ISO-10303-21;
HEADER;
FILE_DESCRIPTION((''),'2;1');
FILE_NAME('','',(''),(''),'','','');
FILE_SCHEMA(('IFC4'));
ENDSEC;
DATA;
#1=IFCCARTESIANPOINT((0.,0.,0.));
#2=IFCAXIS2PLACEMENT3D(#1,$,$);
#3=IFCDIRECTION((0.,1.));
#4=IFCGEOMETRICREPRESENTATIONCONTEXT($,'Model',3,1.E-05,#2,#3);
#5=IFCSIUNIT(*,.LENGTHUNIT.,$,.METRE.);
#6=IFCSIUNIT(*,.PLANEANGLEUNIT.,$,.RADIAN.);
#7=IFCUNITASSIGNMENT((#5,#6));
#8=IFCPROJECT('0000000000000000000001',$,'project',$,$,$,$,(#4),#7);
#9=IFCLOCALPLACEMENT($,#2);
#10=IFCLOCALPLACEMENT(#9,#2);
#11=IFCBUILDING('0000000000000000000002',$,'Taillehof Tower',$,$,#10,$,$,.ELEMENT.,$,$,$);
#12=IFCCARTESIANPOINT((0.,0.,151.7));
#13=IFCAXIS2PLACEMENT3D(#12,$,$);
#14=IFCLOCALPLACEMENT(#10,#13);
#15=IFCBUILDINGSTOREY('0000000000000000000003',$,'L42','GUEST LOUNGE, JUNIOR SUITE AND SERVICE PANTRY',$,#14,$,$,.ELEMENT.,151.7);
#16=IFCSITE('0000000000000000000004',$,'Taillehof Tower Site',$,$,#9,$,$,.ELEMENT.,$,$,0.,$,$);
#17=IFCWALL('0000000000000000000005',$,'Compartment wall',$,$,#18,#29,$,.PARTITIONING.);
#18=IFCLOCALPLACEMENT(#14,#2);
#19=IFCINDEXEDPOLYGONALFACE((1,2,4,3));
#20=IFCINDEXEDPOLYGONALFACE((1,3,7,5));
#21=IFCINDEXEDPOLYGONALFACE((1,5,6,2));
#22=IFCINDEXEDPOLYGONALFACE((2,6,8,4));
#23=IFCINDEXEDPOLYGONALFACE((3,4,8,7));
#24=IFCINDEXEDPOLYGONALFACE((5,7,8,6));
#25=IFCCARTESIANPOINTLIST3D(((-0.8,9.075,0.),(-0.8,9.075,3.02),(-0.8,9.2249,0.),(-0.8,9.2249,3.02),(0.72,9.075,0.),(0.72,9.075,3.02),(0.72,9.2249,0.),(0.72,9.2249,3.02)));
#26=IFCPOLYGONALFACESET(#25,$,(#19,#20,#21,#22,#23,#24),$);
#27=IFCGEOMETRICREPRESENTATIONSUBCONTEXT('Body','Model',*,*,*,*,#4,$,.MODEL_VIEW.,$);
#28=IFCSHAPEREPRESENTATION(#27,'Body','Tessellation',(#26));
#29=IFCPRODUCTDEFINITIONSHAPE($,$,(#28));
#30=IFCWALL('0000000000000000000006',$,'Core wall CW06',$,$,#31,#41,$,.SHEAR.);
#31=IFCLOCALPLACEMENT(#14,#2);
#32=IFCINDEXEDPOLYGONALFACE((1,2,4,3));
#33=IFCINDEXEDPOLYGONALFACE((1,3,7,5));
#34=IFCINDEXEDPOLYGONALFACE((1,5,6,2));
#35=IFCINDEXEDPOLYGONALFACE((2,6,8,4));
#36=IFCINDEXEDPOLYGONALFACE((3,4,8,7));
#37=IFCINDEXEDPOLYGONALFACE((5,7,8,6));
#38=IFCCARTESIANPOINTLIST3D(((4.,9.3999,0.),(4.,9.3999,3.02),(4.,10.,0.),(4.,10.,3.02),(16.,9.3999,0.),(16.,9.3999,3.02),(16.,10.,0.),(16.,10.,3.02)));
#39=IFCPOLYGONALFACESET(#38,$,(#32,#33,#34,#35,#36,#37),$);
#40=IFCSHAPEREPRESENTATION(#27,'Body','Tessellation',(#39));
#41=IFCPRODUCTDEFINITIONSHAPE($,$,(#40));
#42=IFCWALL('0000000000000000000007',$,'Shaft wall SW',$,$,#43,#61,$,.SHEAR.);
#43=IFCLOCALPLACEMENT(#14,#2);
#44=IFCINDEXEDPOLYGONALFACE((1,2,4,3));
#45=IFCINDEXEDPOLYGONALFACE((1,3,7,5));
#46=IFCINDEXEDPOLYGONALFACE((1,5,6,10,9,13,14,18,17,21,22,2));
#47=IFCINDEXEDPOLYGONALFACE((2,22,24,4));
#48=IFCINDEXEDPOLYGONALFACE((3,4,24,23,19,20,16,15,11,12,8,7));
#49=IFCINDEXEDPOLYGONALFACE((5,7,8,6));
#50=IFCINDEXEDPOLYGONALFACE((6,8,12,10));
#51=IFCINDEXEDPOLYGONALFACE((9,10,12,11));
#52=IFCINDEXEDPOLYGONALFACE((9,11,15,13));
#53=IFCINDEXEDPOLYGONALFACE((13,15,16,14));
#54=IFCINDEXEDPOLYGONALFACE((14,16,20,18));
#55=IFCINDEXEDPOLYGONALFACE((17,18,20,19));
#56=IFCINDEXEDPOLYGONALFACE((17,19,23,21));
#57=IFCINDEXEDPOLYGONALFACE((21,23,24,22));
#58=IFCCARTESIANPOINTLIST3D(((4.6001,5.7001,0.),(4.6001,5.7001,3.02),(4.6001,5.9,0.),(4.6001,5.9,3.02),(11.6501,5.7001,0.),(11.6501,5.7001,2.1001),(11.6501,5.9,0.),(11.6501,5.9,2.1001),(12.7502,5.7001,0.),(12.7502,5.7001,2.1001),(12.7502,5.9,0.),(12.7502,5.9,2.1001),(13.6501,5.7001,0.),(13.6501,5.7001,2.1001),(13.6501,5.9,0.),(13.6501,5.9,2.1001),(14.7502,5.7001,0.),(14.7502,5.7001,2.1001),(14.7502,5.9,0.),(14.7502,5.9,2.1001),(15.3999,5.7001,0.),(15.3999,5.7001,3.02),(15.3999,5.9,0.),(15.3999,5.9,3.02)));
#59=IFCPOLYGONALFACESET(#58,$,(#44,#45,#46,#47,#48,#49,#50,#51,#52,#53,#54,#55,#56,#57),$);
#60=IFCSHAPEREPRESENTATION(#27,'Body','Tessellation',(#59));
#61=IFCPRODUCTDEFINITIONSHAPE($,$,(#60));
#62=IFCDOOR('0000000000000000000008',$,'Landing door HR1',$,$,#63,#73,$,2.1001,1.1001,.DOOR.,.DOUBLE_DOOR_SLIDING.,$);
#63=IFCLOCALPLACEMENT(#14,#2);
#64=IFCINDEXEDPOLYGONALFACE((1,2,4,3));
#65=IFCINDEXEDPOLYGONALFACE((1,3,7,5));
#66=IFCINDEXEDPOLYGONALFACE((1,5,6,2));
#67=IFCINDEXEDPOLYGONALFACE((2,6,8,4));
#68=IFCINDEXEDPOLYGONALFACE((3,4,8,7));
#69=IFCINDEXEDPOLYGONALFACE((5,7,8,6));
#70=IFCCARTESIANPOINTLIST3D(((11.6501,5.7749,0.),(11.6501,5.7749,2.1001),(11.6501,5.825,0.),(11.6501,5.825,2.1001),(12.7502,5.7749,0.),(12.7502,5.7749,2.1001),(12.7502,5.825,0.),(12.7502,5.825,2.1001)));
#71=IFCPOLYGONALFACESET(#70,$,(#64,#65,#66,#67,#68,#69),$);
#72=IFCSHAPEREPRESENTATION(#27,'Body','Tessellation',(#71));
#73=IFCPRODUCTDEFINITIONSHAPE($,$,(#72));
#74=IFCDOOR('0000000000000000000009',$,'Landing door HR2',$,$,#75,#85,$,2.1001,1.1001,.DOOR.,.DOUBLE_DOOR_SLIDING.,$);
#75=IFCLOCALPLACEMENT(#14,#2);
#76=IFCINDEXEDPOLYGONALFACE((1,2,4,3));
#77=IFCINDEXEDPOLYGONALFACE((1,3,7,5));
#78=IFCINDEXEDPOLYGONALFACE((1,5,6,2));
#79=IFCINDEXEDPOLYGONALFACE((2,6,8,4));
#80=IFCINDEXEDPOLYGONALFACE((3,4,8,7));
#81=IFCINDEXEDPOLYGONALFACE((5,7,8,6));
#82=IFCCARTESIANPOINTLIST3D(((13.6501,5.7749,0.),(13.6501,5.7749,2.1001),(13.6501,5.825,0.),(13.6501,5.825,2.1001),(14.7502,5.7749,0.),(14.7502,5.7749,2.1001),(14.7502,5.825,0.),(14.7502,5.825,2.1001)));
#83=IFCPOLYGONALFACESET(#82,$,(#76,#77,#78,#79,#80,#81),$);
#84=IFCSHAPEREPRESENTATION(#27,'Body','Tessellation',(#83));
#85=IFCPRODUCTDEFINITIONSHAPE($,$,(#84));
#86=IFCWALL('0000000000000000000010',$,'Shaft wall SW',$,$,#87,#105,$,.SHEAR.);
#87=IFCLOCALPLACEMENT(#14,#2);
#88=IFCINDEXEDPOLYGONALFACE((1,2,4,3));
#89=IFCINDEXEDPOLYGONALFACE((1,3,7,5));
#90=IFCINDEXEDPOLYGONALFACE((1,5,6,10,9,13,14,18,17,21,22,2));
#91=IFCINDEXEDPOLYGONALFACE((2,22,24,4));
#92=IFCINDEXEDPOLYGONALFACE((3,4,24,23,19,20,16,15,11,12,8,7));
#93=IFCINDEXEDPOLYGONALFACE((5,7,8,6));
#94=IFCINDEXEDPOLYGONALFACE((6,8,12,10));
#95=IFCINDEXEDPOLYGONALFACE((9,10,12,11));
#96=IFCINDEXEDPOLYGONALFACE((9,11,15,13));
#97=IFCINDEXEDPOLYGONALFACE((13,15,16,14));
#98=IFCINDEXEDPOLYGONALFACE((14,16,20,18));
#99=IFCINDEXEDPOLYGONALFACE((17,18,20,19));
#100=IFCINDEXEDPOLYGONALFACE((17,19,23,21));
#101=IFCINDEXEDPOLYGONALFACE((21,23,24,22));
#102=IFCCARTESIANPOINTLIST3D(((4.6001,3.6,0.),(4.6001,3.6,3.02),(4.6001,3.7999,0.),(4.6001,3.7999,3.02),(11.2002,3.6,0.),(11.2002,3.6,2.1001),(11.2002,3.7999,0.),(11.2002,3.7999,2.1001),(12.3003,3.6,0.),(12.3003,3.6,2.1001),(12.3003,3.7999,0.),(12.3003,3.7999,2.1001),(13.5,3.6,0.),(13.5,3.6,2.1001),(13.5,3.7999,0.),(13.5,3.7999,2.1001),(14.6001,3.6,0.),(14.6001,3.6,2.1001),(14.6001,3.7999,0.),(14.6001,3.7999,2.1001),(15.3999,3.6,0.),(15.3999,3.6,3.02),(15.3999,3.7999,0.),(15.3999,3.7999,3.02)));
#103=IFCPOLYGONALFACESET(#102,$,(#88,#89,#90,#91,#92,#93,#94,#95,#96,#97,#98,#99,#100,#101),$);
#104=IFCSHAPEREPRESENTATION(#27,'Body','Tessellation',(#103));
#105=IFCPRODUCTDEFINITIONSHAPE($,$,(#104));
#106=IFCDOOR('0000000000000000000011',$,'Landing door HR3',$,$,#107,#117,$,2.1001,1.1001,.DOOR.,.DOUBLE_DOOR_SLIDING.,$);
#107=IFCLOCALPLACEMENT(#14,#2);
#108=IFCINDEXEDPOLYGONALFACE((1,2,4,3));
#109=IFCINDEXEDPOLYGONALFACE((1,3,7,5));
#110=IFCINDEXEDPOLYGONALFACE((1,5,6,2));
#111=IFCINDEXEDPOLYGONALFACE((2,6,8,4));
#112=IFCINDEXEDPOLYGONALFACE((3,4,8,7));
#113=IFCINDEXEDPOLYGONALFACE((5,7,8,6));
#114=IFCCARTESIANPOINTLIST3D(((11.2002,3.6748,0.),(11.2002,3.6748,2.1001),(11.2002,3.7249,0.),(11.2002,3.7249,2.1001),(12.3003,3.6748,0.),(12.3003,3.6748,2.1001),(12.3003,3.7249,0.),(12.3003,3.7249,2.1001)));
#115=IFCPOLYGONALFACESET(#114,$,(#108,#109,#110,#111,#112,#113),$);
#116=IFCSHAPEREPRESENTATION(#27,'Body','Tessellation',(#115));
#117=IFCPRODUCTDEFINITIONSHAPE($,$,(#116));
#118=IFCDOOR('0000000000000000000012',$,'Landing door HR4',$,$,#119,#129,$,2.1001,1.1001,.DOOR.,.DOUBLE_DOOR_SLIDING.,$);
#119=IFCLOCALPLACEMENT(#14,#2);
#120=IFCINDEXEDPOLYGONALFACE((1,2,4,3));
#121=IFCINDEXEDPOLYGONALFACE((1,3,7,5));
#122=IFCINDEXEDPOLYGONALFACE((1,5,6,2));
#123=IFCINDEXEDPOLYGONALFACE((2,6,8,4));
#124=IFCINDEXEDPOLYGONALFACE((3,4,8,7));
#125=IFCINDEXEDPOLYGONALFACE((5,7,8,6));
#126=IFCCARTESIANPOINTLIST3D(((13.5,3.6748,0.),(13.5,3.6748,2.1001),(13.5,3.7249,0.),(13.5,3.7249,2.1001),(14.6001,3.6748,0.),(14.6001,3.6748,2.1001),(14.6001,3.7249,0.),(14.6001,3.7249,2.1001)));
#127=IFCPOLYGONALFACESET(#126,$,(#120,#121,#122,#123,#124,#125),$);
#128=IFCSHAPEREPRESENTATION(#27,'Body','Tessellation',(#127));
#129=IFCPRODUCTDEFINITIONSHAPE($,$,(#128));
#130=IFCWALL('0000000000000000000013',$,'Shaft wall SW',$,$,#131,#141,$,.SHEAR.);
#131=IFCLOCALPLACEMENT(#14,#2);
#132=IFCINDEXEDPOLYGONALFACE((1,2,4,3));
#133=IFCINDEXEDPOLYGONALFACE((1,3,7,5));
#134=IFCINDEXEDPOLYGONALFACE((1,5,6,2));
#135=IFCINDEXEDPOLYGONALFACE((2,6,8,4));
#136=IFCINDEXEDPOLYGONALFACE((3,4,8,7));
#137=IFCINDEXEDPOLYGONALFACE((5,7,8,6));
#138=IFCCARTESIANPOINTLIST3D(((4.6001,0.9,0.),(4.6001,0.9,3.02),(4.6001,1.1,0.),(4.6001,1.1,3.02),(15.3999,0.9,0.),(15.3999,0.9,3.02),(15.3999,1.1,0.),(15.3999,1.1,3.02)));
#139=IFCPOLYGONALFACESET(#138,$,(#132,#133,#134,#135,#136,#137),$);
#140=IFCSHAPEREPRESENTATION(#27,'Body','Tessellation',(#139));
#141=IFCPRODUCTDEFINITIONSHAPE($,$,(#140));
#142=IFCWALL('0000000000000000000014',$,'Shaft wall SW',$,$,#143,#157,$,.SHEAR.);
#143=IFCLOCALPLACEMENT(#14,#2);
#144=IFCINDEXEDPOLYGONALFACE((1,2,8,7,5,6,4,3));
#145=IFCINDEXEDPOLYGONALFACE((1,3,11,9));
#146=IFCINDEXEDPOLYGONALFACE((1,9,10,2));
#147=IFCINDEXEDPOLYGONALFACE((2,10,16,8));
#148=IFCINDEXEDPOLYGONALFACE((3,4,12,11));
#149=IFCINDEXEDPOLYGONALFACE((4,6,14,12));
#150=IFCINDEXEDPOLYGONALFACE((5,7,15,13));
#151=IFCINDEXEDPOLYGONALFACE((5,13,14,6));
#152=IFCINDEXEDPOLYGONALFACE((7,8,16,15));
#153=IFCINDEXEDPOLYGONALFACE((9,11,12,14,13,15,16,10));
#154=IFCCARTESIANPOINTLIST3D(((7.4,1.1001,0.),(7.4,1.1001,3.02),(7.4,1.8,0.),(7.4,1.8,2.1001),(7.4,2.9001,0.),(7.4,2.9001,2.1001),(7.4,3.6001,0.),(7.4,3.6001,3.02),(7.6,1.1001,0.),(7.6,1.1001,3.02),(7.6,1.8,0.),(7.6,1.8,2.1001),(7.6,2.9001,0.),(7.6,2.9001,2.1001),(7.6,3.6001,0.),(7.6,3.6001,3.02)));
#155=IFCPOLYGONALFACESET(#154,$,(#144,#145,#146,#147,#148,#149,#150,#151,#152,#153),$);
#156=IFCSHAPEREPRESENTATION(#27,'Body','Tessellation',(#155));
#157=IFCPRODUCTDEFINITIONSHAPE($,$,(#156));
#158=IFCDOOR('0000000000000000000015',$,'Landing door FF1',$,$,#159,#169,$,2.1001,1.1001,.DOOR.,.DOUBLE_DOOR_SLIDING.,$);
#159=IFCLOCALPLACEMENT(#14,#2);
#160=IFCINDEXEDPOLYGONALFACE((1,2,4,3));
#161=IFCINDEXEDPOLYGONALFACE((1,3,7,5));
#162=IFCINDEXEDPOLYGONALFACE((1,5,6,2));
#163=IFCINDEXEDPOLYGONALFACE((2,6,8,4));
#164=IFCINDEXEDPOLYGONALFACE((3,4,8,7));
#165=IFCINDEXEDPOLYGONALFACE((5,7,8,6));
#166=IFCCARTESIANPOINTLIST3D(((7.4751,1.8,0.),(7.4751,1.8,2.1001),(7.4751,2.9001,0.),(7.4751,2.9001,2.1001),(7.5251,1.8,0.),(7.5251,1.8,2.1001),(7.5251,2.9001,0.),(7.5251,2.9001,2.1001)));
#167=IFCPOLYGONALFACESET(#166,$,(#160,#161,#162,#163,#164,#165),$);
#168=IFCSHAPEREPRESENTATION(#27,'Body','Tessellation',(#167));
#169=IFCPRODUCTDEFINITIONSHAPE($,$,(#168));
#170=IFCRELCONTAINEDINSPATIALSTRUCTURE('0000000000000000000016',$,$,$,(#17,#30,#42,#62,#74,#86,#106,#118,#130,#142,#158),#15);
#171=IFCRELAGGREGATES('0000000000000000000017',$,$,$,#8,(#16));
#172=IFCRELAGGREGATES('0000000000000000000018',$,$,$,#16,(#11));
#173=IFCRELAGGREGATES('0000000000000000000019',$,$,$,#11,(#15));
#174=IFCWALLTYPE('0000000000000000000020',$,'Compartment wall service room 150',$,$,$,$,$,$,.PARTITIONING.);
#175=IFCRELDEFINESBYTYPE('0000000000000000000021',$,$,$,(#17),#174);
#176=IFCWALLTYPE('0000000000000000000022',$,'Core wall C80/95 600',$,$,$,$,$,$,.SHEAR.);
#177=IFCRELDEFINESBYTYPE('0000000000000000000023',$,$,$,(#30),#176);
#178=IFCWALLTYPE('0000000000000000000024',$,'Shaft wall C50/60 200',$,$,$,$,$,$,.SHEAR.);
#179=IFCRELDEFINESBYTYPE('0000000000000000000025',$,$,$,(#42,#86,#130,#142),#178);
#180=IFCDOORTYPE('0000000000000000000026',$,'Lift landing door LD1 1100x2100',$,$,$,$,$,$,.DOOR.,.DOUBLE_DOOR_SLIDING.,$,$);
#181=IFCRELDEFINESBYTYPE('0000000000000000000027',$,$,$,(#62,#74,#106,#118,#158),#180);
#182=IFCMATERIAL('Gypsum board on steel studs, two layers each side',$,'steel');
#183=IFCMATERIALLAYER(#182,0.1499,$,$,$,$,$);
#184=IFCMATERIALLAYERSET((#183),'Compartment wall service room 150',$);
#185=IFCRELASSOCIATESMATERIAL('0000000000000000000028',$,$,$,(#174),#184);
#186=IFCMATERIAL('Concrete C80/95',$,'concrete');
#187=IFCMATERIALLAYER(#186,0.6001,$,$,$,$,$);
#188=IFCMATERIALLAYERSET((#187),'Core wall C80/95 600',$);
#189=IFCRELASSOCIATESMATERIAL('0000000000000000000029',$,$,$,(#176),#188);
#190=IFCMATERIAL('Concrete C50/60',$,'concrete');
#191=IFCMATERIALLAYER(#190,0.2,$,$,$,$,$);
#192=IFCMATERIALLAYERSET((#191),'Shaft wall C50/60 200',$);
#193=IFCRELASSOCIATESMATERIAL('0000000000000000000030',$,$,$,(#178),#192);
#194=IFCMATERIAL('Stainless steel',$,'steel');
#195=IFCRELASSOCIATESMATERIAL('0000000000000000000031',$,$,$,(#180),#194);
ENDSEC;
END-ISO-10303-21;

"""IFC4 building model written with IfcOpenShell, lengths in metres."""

from ifc_helpers import new_model, si_unit, direction, frame, frame_2d, origin, place, context, subcontext, project, spatial, rectangle, extrude, material, layer, layer_set, type_object, element, fill, save


model = new_model("IFC4")

# Units and contexts
model_context = context("Model", 3, precision=1e-05, world=origin(), true_north=direction((0.0, 1.0)))
body_context = subcontext(model_context, "Body", "Model", "MODEL_VIEW")
ifc_project = project(units=[si_unit("LENGTHUNIT", "METRE"), si_unit("PLANEANGLEUNIT", "RADIAN")], contexts=[model_context])

# Site, building, storey
site_placement = place(None, origin())
site = spatial("IfcSite", under=ifc_project, at=site_placement, Name="Taillehof Tower Site", CompositionType="ELEMENT", RefElevation=0.0)
building_placement = place(site_placement, origin())
building = spatial("IfcBuilding", under=site, at=building_placement, Name="Taillehof Tower", CompositionType="ELEMENT")
storey_placement = place(building_placement, frame((0.0, 0.0, 151.7)))
storey = spatial("IfcBuildingStorey", under=building, at=storey_placement, Name="L42", Description="GUEST LOUNGE, JUNIOR SUITE AND SERVICE PANTRY", CompositionType="ELEMENT", Elevation=151.7)

# Shared definitions
ifc_material_1 = material(Name="Gypsum board on steel studs, two layers each side", Category="steel")
ifc_layer_1 = layer(ifc_material_1, 0.1499)
ifc_layer_set_1 = layer_set([ifc_layer_1], Name="Compartment wall service room 150")
wall_type_1 = type_object("IfcWallType", Name="Compartment wall service room 150", PredefinedType="PARTITIONING", material=ifc_layer_set_1)

# Walls
wall_1_placement = place(storey_placement, frame((0.72, 9.1499, 0.0), z_axis=(0.0, 0.0, 1.0), x_axis=(-1.0, 0.0, 0.0)))
element("IfcWall", 1, at=wall_1_placement, inside=storey, type_object=wall_type_1, Name="Compartment wall", PredefinedType="PARTITIONING", context=body_context, shape_type="SweptSolid", body=[
    extrude(rectangle(XDim=1.52, YDim=0.1499, at=frame_2d((0.76, 0.0))), origin(), (0.0, 0.0, 1.0), 3.02),
])
ifc_material_2 = material(Name="Concrete C80/95", Category="concrete")
ifc_layer_2 = layer(ifc_material_2, 0.6001)
ifc_layer_set_2 = layer_set([ifc_layer_2], Name="Core wall C80/95 600")
wall_type_2 = type_object("IfcWallType", Name="Core wall C80/95 600", PredefinedType="SHEAR", material=ifc_layer_set_2)
wall_2_placement = place(storey_placement, frame((4.0, 9.7, 0.0), z_axis=(0.0, 0.0, 1.0), x_axis=(1.0, 0.0, 0.0)))
element("IfcWall", 2, at=wall_2_placement, inside=storey, type_object=wall_type_2, Name="Core wall CW06", PredefinedType="SHEAR", context=body_context, shape_type="SweptSolid", body=[
    extrude(rectangle(XDim=12.0, YDim=0.6001, at=frame_2d((6.0, 0.0))), origin(), (0.0, 0.0, 1.0), 3.02),
])

# Walls, openings, doors
ifc_material_3 = material(Name="Concrete C50/60", Category="concrete")
ifc_layer_3 = layer(ifc_material_3, 0.2)
ifc_layer_set_3 = layer_set([ifc_layer_3], Name="Shaft wall C50/60 200")
wall_type_3 = type_object("IfcWallType", Name="Shaft wall C50/60 200", PredefinedType="SHEAR", material=ifc_layer_set_3)
wall_3_placement = place(storey_placement, frame((4.6001, 5.8, 0.0), z_axis=(0.0, 0.0, 1.0), x_axis=(1.0, 0.0, 0.0)))
wall_3 = element("IfcWall", 3, at=wall_3_placement, inside=storey, type_object=wall_type_3, Name="Shaft wall SW", PredefinedType="SHEAR", context=body_context, shape_type="SweptSolid", body=[
    extrude(rectangle(XDim=10.7998, YDim=0.2, at=frame_2d((5.3999, 0.0))), origin(), (0.0, 0.0, 1.0), 3.02),
])
opening_1_placement = place(wall_3_placement, frame((7.05, 0.0, 0.0)))
opening_1 = element("IfcOpeningElement", 4, at=opening_1_placement, cuts=wall_3, PredefinedType="OPENING", context=body_context, shape_type="SweptSolid", body=[
    extrude(rectangle(XDim=1.1001, YDim=2.1001, at=frame_2d((0.55, 1.05))), frame((0.0, 0.1099, 0.0), z_axis=(0.0, -1.0, 0.0), x_axis=(1.0, 0.0, 0.0)), (0.0, 0.0, 1.0), 0.22),
])
opening_2_placement = place(wall_3_placement, frame((9.05, 0.0, 0.0)))
opening_2 = element("IfcOpeningElement", 5, at=opening_2_placement, cuts=wall_3, PredefinedType="OPENING", context=body_context, shape_type="SweptSolid", body=[
    extrude(rectangle(XDim=1.1001, YDim=2.1001, at=frame_2d((0.55, 1.05))), frame((0.0, 0.1099, 0.0), z_axis=(0.0, -1.0, 0.0), x_axis=(1.0, 0.0, 0.0)), (0.0, 0.0, 1.0), 0.22),
])
ifc_material_4 = material(Name="Stainless steel", Category="steel")
door_type_1 = type_object("IfcDoorType", Name="Lift landing door LD1 1100x2100", OperationType="DOUBLE_DOOR_SLIDING", PredefinedType="DOOR", material=ifc_material_4)
door_1_placement = place(opening_1_placement, origin())
door_1 = element("IfcDoor", 6, at=door_1_placement, inside=storey, type_object=door_type_1, Name="Landing door HR1", OperationType="DOUBLE_DOOR_SLIDING", OverallHeight=2.1001, OverallWidth=1.1001, PredefinedType="DOOR", context=body_context, shape_type="SweptSolid", body=[
    extrude(rectangle(XDim=1.1001, YDim=2.1001, at=frame_2d((0.55, 1.05))), frame((0.0, 0.0249, 0.0), z_axis=(0.0, -1.0, 0.0), x_axis=(1.0, 0.0, 0.0)), (0.0, 0.0, 1.0), 0.05),
])
fill(opening_1, door_1)
door_2_placement = place(opening_2_placement, origin())
door_2 = element("IfcDoor", 7, at=door_2_placement, inside=storey, type_object=door_type_1, Name="Landing door HR2", OperationType="DOUBLE_DOOR_SLIDING", OverallHeight=2.1001, OverallWidth=1.1001, PredefinedType="DOOR", context=body_context, shape_type="SweptSolid", body=[
    extrude(rectangle(XDim=1.1001, YDim=2.1001, at=frame_2d((0.55, 1.05))), frame((0.0, 0.0249, 0.0), z_axis=(0.0, -1.0, 0.0), x_axis=(1.0, 0.0, 0.0)), (0.0, 0.0, 1.0), 0.05),
])
fill(opening_2, door_2)
wall_4_placement = place(storey_placement, frame((4.6001, 3.7, 0.0), z_axis=(0.0, 0.0, 1.0), x_axis=(1.0, 0.0, 0.0)))
wall_4 = element("IfcWall", 8, at=wall_4_placement, inside=storey, type_object=wall_type_3, Name="Shaft wall SW", PredefinedType="SHEAR", context=body_context, shape_type="SweptSolid", body=[
    extrude(rectangle(XDim=10.7998, YDim=0.2, at=frame_2d((5.3999, 0.0))), origin(), (0.0, 0.0, 1.0), 3.02),
])
opening_3_placement = place(wall_4_placement, frame((6.6001, 0.0, 0.0)))
opening_3 = element("IfcOpeningElement", 9, at=opening_3_placement, cuts=wall_4, PredefinedType="OPENING", context=body_context, shape_type="SweptSolid", body=[
    extrude(rectangle(XDim=1.1001, YDim=2.1001, at=frame_2d((0.55, 1.05))), frame((0.0, 0.1099, 0.0), z_axis=(0.0, -1.0, 0.0), x_axis=(1.0, 0.0, 0.0)), (0.0, 0.0, 1.0), 0.22),
])
opening_4_placement = place(wall_4_placement, frame((8.8999, 0.0, 0.0)))
opening_4 = element("IfcOpeningElement", 10, at=opening_4_placement, cuts=wall_4, PredefinedType="OPENING", context=body_context, shape_type="SweptSolid", body=[
    extrude(rectangle(XDim=1.1001, YDim=2.1001, at=frame_2d((0.55, 1.05))), frame((0.0, 0.1099, 0.0), z_axis=(0.0, -1.0, 0.0), x_axis=(1.0, 0.0, 0.0)), (0.0, 0.0, 1.0), 0.22),
])
door_3_placement = place(opening_3_placement, origin())
door_3 = element("IfcDoor", 11, at=door_3_placement, inside=storey, type_object=door_type_1, Name="Landing door HR3", OperationType="DOUBLE_DOOR_SLIDING", OverallHeight=2.1001, OverallWidth=1.1001, PredefinedType="DOOR", context=body_context, shape_type="SweptSolid", body=[
    extrude(rectangle(XDim=1.1001, YDim=2.1001, at=frame_2d((0.55, 1.05))), frame((0.0, 0.0249, 0.0), z_axis=(0.0, -1.0, 0.0), x_axis=(1.0, 0.0, 0.0)), (0.0, 0.0, 1.0), 0.05),
])
fill(opening_3, door_3)
door_4_placement = place(opening_4_placement, origin())
door_4 = element("IfcDoor", 12, at=door_4_placement, inside=storey, type_object=door_type_1, Name="Landing door HR4", OperationType="DOUBLE_DOOR_SLIDING", OverallHeight=2.1001, OverallWidth=1.1001, PredefinedType="DOOR", context=body_context, shape_type="SweptSolid", body=[
    extrude(rectangle(XDim=1.1001, YDim=2.1001, at=frame_2d((0.55, 1.05))), frame((0.0, 0.0249, 0.0), z_axis=(0.0, -1.0, 0.0), x_axis=(1.0, 0.0, 0.0)), (0.0, 0.0, 1.0), 0.05),
])
fill(opening_4, door_4)

# Wall
wall_5_placement = place(storey_placement, frame((4.6001, 1.0, 0.0), z_axis=(0.0, 0.0, 1.0), x_axis=(1.0, 0.0, 0.0)))
element("IfcWall", 13, at=wall_5_placement, inside=storey, type_object=wall_type_3, Name="Shaft wall SW", PredefinedType="SHEAR", context=body_context, shape_type="SweptSolid", body=[
    extrude(rectangle(XDim=10.7998, YDim=0.2, at=frame_2d((5.3999, 0.0))), origin(), (0.0, 0.0, 1.0), 3.02),
])

# Wall, opening, door
wall_6_placement = place(storey_placement, frame((7.5, 1.1001, 0.0), z_axis=(0.0, 0.0, 1.0), x_axis=(0.0, 1.0, 0.0)))
wall_6 = element("IfcWall", 14, at=wall_6_placement, inside=storey, type_object=wall_type_3, Name="Shaft wall SW", PredefinedType="SHEAR", context=body_context, shape_type="SweptSolid", body=[
    extrude(rectangle(XDim=2.5, YDim=0.2, at=frame_2d((1.25, 0.0))), origin(), (0.0, 0.0, 1.0), 3.02),
])
opening_5_placement = place(wall_6_placement, frame((0.7, 0.0, 0.0)))
opening_5 = element("IfcOpeningElement", 15, at=opening_5_placement, cuts=wall_6, PredefinedType="OPENING", context=body_context, shape_type="SweptSolid", body=[
    extrude(rectangle(XDim=1.1001, YDim=2.1001, at=frame_2d((0.55, 1.05))), frame((0.0, 0.1099, 0.0), z_axis=(0.0, -1.0, 0.0), x_axis=(1.0, 0.0, 0.0)), (0.0, 0.0, 1.0), 0.22),
])
door_5_placement = place(opening_5_placement, origin())
door_5 = element("IfcDoor", 16, at=door_5_placement, inside=storey, type_object=door_type_1, Name="Landing door FF1", OperationType="DOUBLE_DOOR_SLIDING", OverallHeight=2.1001, OverallWidth=1.1001, PredefinedType="DOOR", context=body_context, shape_type="SweptSolid", body=[
    extrude(rectangle(XDim=1.1001, YDim=2.1001, at=frame_2d((0.55, 1.05))), frame((0.0, 0.0249, 0.0), z_axis=(0.0, -1.0, 0.0), x_axis=(1.0, 0.0, 0.0)), (0.0, 0.0, 1.0), 0.05),
])
fill(opening_5, door_5)

save(model, "model.ifc")
